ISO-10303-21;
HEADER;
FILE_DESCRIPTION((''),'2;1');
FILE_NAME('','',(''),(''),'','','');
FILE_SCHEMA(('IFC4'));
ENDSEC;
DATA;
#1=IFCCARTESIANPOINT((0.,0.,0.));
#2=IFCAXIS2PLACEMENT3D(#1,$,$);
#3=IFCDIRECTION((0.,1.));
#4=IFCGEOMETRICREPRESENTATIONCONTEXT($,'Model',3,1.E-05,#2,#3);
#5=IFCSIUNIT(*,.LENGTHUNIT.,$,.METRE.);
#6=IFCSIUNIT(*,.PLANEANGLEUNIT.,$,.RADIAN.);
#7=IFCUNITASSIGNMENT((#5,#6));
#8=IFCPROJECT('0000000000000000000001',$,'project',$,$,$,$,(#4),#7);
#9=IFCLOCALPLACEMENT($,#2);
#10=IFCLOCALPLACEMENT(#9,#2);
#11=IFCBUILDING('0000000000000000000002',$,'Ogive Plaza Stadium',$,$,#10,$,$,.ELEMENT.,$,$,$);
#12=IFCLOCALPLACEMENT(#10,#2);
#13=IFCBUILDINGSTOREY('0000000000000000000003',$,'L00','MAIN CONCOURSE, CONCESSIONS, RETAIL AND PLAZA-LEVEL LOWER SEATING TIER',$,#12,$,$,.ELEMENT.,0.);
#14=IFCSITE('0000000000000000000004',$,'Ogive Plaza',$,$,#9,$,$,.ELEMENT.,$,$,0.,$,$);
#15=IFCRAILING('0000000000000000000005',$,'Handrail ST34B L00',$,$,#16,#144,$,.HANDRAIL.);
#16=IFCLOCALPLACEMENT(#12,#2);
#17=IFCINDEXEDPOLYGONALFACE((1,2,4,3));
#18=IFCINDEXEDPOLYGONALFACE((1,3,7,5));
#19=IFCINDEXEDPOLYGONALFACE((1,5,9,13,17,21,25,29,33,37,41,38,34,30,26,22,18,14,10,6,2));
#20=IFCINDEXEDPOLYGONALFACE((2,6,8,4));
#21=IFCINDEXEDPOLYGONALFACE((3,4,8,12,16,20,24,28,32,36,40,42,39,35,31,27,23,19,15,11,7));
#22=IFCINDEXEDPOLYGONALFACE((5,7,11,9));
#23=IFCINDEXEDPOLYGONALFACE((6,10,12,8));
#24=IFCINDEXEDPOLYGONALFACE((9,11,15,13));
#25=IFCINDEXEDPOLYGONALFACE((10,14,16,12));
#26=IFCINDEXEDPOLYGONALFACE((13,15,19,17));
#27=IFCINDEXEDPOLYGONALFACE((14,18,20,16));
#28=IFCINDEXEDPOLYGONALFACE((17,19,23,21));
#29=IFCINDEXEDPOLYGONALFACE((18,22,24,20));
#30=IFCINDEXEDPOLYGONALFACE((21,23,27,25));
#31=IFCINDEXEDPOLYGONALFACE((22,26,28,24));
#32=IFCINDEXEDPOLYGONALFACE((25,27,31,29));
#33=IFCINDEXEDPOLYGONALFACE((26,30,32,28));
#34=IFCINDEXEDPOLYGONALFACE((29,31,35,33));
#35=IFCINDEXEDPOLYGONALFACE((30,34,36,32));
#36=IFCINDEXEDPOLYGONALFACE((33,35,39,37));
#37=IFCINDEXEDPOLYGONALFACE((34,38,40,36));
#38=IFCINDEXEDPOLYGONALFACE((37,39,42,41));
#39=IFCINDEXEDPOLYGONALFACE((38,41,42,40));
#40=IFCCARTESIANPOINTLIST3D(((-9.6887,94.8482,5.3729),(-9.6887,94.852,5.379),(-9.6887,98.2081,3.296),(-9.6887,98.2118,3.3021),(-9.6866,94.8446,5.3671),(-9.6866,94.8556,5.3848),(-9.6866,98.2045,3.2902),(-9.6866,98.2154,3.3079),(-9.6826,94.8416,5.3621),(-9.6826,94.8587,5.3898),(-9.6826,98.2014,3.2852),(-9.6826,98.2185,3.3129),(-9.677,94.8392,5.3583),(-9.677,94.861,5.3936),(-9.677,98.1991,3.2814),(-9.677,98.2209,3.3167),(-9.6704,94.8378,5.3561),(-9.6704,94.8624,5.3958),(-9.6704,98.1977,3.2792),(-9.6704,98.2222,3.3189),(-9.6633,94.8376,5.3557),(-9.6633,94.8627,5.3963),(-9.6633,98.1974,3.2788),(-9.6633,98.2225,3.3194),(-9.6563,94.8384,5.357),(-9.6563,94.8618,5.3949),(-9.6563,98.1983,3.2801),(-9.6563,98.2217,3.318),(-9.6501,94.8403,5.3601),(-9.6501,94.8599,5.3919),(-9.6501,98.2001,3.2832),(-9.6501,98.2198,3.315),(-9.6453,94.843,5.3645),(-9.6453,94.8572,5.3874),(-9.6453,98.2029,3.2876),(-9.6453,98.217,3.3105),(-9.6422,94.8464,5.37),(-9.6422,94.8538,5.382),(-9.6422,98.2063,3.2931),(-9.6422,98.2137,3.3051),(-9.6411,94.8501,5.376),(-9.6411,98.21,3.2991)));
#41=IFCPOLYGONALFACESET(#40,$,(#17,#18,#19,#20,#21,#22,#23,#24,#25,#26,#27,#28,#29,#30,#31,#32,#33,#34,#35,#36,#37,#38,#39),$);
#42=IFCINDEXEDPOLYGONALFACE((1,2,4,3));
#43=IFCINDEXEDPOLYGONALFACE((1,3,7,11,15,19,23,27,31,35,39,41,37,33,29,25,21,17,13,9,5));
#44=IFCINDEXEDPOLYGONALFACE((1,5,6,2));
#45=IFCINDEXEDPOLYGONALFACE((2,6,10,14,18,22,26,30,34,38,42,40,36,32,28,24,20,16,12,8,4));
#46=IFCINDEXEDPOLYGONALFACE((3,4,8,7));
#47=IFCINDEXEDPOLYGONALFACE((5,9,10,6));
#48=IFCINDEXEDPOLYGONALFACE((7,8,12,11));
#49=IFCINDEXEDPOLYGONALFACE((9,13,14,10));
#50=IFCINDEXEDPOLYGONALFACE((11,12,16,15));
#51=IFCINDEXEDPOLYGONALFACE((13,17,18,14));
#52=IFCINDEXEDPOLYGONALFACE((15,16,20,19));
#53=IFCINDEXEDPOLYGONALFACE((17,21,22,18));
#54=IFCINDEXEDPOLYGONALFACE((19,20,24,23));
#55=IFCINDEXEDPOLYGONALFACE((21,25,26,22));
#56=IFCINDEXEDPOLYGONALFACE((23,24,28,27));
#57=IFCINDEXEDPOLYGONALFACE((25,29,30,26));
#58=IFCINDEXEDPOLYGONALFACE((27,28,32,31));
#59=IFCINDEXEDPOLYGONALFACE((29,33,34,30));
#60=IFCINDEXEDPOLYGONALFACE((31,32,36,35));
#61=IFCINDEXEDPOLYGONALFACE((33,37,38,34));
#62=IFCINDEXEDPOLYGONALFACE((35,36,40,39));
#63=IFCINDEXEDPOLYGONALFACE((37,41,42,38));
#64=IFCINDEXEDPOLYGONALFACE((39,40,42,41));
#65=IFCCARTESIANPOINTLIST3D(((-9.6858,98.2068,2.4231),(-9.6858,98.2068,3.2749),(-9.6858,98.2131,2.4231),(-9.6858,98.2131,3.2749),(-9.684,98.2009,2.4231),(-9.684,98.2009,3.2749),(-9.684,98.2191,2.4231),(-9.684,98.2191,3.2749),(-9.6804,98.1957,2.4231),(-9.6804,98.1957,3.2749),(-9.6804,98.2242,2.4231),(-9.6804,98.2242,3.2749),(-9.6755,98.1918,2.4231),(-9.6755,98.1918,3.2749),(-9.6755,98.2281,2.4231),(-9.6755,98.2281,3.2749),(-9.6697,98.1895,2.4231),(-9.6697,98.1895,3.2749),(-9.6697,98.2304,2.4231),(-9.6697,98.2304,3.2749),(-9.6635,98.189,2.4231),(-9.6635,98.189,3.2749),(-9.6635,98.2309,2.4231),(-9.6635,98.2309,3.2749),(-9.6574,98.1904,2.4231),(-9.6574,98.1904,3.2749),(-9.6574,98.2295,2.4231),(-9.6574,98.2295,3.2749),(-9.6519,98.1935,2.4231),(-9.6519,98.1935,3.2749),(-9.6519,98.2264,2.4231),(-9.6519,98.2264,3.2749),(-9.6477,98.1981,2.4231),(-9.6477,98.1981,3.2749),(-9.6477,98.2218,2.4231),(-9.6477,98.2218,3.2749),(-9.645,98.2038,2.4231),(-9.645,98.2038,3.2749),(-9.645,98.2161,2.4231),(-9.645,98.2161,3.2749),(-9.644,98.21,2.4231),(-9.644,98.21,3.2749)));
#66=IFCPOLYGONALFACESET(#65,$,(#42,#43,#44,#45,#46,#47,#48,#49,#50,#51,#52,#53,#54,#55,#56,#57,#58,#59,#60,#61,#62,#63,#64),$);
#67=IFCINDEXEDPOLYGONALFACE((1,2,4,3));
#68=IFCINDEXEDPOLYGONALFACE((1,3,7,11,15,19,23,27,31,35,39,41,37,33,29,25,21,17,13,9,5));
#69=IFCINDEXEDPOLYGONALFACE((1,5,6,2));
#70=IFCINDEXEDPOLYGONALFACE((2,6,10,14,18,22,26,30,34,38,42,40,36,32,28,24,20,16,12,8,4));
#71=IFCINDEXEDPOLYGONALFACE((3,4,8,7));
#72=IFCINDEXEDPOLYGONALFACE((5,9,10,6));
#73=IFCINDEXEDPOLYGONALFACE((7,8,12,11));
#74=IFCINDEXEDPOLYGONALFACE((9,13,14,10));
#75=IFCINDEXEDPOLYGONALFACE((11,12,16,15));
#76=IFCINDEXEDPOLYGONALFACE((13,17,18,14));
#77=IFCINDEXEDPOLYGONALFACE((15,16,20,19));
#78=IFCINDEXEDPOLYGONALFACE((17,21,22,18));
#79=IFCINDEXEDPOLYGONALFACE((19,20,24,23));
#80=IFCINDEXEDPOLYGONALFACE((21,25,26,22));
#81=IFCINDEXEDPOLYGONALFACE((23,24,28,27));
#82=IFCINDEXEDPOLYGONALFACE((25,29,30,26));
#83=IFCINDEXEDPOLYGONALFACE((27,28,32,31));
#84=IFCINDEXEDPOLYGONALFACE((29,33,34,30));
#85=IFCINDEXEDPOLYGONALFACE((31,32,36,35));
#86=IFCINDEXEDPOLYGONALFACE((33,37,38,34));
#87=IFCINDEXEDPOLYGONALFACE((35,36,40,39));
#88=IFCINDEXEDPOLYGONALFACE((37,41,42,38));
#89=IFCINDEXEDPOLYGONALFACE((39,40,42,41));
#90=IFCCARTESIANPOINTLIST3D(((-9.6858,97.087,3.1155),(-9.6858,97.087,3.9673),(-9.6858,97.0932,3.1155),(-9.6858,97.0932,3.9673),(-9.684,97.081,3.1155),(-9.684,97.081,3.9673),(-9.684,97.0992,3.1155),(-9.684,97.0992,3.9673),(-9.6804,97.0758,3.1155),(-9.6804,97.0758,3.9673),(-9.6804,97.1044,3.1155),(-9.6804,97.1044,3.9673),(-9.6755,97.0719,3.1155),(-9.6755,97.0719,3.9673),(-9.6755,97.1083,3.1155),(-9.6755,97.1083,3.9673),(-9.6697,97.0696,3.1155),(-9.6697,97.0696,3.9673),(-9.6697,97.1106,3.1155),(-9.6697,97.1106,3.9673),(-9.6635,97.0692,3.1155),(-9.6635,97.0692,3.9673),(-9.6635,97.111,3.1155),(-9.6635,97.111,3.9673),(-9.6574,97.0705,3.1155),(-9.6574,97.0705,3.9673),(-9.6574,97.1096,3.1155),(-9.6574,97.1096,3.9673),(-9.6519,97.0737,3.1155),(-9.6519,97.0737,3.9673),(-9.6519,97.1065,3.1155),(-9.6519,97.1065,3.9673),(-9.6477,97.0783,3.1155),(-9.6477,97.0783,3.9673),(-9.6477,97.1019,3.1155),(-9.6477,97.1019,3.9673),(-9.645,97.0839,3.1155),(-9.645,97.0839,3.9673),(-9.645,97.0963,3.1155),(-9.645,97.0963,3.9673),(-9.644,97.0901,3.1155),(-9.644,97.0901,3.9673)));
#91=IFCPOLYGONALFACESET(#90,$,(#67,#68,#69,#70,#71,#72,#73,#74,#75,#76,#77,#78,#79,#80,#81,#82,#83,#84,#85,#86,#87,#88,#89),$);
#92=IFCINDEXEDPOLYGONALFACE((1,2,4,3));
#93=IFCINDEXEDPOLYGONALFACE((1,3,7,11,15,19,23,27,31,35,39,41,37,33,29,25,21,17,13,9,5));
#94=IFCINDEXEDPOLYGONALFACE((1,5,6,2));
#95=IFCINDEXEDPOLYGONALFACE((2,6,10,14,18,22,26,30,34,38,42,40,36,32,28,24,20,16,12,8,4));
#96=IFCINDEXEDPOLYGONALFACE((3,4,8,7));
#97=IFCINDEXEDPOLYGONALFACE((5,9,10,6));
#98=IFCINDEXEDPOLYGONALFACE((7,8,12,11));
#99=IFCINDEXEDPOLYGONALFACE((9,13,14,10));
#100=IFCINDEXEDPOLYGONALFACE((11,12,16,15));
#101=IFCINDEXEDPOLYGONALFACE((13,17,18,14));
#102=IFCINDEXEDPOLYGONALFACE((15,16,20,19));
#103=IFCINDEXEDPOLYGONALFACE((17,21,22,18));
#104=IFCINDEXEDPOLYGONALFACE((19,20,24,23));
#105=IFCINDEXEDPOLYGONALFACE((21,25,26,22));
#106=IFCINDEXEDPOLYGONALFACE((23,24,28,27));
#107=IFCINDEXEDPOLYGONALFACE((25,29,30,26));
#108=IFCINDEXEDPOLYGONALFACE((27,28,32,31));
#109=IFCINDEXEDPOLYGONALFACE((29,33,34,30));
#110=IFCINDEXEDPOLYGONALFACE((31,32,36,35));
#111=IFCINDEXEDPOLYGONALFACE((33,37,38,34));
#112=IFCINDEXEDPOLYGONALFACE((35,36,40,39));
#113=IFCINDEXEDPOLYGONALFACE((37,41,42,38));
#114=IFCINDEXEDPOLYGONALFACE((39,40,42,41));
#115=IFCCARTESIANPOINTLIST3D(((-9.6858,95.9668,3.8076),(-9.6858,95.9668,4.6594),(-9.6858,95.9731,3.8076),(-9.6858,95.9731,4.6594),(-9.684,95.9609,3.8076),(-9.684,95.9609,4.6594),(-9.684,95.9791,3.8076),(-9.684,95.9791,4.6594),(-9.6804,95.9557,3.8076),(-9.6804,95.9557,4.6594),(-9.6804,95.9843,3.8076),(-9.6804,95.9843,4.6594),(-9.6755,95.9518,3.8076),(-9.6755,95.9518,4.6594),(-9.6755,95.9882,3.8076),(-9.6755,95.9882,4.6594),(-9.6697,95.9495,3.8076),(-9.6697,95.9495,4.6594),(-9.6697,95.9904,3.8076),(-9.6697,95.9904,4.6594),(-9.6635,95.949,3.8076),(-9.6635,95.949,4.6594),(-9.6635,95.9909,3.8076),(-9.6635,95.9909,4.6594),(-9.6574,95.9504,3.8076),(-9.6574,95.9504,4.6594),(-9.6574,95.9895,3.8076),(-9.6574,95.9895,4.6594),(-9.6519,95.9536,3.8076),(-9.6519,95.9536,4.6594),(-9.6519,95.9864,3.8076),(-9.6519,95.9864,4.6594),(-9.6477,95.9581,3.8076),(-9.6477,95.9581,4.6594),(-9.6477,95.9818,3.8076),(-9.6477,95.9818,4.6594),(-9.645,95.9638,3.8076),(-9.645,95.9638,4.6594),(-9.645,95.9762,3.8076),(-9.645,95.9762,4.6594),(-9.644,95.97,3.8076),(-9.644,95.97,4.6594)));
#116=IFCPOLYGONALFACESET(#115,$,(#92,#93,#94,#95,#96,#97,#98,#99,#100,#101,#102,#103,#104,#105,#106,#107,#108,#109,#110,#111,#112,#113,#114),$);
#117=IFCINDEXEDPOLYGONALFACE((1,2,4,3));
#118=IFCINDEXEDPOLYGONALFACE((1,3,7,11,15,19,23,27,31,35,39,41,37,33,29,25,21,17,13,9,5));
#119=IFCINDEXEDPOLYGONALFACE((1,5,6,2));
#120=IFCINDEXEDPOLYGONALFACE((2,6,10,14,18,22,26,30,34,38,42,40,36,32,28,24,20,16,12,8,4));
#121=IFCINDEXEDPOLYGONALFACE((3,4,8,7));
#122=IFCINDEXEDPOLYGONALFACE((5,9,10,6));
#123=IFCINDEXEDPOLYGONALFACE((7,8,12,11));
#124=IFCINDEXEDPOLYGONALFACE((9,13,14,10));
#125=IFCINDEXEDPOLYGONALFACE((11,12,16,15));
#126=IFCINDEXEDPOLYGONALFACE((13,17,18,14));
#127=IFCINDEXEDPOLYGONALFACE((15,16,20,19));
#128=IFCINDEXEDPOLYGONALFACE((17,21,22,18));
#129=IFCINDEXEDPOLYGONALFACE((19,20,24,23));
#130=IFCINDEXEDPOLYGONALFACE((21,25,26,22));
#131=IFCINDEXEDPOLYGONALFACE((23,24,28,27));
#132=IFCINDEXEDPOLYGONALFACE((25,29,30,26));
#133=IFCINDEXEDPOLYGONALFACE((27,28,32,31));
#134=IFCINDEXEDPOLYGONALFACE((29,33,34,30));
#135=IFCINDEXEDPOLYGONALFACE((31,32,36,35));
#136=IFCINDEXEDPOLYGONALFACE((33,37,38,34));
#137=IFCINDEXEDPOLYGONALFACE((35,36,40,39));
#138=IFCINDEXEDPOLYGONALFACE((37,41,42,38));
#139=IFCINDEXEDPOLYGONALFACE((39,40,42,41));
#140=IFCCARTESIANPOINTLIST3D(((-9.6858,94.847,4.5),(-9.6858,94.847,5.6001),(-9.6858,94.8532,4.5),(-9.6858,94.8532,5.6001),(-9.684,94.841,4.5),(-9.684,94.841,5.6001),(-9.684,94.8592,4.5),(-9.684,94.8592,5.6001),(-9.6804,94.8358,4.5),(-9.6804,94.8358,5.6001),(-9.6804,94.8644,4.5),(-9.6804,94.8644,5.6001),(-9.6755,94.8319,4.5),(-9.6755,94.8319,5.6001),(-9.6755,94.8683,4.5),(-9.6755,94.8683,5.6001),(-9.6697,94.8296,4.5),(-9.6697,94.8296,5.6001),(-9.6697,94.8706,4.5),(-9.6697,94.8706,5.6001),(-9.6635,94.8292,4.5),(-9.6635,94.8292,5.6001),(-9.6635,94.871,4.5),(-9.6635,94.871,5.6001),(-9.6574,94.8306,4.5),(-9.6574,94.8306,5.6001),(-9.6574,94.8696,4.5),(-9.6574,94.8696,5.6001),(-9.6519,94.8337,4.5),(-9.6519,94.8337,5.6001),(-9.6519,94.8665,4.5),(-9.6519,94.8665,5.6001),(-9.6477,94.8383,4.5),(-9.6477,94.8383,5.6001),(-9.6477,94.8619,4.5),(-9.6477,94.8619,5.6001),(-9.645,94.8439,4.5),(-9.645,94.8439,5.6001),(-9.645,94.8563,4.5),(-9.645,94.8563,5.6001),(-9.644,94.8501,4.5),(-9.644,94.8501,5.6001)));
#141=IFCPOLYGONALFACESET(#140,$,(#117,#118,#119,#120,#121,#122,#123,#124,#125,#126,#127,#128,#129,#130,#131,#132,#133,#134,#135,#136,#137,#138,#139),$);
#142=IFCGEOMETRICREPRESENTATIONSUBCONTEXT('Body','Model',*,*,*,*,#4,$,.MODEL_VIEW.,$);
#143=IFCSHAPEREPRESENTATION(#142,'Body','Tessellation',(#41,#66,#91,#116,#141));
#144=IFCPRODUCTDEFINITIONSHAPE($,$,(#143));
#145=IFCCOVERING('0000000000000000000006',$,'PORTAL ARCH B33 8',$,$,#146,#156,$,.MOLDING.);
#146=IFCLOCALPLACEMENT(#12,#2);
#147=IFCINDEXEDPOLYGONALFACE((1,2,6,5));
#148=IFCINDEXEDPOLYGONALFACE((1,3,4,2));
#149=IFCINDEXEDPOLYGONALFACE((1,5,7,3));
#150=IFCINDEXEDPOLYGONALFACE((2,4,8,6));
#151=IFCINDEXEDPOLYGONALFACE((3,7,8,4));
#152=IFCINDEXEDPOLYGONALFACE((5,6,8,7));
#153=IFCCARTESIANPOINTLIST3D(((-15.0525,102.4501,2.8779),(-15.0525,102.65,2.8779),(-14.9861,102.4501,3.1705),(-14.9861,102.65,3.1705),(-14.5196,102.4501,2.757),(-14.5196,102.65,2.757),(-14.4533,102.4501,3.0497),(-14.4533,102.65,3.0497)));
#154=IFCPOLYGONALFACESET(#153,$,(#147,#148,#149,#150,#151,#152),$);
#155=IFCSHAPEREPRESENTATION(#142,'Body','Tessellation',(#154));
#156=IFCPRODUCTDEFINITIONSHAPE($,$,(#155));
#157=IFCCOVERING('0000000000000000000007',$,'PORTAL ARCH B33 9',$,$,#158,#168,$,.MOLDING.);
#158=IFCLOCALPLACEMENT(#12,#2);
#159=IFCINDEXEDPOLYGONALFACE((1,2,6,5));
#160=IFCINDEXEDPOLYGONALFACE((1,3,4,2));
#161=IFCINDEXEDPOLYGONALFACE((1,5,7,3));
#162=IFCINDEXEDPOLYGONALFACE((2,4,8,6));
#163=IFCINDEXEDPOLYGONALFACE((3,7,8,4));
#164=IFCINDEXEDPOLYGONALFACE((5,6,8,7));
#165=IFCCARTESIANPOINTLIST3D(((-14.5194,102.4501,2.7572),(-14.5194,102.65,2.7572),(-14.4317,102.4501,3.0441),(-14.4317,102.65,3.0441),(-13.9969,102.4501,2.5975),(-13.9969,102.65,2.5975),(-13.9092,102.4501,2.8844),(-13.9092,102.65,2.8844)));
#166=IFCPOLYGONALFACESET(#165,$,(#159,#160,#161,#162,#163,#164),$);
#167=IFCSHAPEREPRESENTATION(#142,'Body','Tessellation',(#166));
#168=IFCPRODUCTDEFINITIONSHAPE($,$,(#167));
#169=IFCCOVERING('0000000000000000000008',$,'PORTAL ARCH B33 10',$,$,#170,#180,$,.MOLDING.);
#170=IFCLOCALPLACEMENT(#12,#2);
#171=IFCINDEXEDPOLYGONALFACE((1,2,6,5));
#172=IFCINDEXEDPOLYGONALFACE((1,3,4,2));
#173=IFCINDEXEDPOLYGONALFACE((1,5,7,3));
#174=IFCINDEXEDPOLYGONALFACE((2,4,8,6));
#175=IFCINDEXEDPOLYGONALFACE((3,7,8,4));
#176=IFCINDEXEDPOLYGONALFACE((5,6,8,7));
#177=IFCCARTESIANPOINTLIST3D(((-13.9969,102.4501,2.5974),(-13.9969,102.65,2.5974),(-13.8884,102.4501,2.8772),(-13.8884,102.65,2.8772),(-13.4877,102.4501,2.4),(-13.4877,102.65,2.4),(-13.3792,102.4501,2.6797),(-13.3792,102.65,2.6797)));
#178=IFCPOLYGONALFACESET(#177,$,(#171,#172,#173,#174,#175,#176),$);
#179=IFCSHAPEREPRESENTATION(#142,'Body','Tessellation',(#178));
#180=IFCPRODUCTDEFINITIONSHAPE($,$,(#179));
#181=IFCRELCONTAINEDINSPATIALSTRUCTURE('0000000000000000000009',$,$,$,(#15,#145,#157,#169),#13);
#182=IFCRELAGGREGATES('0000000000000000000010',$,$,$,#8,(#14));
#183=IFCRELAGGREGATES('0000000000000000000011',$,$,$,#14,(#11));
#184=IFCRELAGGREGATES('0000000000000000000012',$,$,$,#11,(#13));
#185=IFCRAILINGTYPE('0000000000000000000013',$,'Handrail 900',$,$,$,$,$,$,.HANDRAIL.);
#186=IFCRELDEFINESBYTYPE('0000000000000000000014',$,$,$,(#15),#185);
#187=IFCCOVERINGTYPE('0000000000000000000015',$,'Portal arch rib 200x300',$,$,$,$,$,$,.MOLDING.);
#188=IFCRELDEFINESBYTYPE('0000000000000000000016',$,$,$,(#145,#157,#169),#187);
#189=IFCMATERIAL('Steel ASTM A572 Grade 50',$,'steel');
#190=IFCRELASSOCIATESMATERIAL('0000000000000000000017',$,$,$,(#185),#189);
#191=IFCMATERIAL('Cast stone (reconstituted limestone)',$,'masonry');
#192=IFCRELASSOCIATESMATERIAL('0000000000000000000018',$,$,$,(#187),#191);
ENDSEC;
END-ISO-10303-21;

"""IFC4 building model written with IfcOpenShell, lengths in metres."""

from ifc_helpers import new_model, si_unit, direction, frame, origin, origin_2d, place, context, subcontext, project, spatial, rectangle, circle, extrude, material, material_profile, profile_set, type_object, element, save


model = new_model("IFC4")

# Units and contexts
model_context = context("Model", 3, precision=1e-05, world=origin(), true_north=direction((0.0, 1.0)))
body_context = subcontext(model_context, "Body", "Model", "MODEL_VIEW")
ifc_project = project(units=[si_unit("LENGTHUNIT", "METRE"), si_unit("PLANEANGLEUNIT", "RADIAN")], contexts=[model_context])

# Site, building, storey
site_placement = place(None, origin())
site = spatial("IfcSite", under=ifc_project, at=site_placement, Name="Ogive Plaza", CompositionType="ELEMENT", RefElevation=0.0)
building_placement = place(site_placement, origin())
building = spatial("IfcBuilding", under=site, at=building_placement, Name="Ogive Plaza Stadium", CompositionType="ELEMENT")
storey_placement = place(building_placement, origin())
storey = spatial("IfcBuildingStorey", under=building, at=storey_placement, Name="L00", Description="MAIN CONCOURSE, CONCESSIONS, RETAIL AND PLAZA-LEVEL LOWER SEATING TIER", CompositionType="ELEMENT", Elevation=0.0)

# Railing
ifc_material_1 = material(Name="Steel ASTM A572 Grade 50", Category="steel")
railing_type_1 = type_object("IfcRailingType", Name="Handrail 900", PredefinedType="HANDRAIL", material=ifc_material_1)
for number, where, name in (
    (1, (-9.665, 98.21, 2.4231), "Handrail ST34B L00"),
):
    element("IfcRailing", number, at=place(storey_placement, frame(where)), inside=storey, type_object=railing_type_1, Name=name, PredefinedType="HANDRAIL", context=body_context, shape_type="SweptSolid", body=[
        extrude(circle(Radius=0.0239, at=origin_2d()), frame((0.0, 0.0, 0.876), z_axis=(0.0, -0.850606, 0.525803), x_axis=(1.0, 0.0, 0.0)), (0.0, 0.0, 1.0), 3.95),
        extrude(circle(Radius=0.021, at=origin_2d()), origin(), (0.0, 0.0, 1.0), 0.8518),
        extrude(circle(Radius=0.021, at=origin_2d()), frame((0.0, -1.1199, 0.6924)), (0.0, 0.0, 1.0), 0.8518),
        extrude(circle(Radius=0.021, at=origin_2d()), frame((0.0, -2.24, 1.3845)), (0.0, 0.0, 1.0), 0.8518),
        extrude(circle(Radius=0.021, at=origin_2d()), frame((0.0, -3.3599, 2.0769)), (0.0, 0.0, 1.0), 1.1001),
    ])

# Coverings
ifc_material_2 = material(Name="Cast stone (reconstituted limestone)", Category="masonry")
ifc_material_profile_1 = material_profile(ifc_material_2, rectangle(XDim=0.2, YDim=0.3, at=origin_2d()), Name="Cast stone 200x300")
ifc_profile_set_1 = profile_set([ifc_material_profile_1], Name="Cast stone (reconstituted limestone)")
covering_type = type_object("IfcCoveringType", Name="Portal arch rib 200x300", PredefinedType="MOLDING", material=ifc_profile_set_1)
for number, where, z_axis, x_axis, name in (
    (2, (-15.0193, 102.55, 3.0242), (0.975242, 0.0, -0.221138), (0.0, 1.0, 0.0), "PORTAL ARCH B33 8"),
    (3, (-14.4756, 102.55, 2.9006), (0.956338, 0.0, -0.292264), (0.0, 1.0, 0.0), "PORTAL ARCH B33 9"),
):
    element("IfcCovering", number, at=place(storey_placement, frame(where, z_axis=z_axis, x_axis=x_axis)), inside=storey, type_object=covering_type, Name=name, PredefinedType="MOLDING", context=body_context, shape_type="SweptSolid", body=[
        extrude(rectangle(XDim=0.2, YDim=0.3, at=origin_2d()), origin(), (0.0, 0.0, 1.0), 0.5464),
    ])
covering_placement = place(storey_placement, frame((-13.9426, 102.55, 2.7373), z_axis=(0.93234, 0.0, -0.361583), x_axis=(0.0, 1.0, 0.0)))
element("IfcCovering", 4, at=covering_placement, inside=storey, type_object=covering_type, Name="PORTAL ARCH B33 10", PredefinedType="MOLDING", context=body_context, shape_type="SweptSolid", body=[
    extrude(rectangle(XDim=0.2, YDim=0.3, at=origin_2d()), origin(), (0.0, 0.0, 1.0), 0.5461),
])

save(model, "model.ifc")
